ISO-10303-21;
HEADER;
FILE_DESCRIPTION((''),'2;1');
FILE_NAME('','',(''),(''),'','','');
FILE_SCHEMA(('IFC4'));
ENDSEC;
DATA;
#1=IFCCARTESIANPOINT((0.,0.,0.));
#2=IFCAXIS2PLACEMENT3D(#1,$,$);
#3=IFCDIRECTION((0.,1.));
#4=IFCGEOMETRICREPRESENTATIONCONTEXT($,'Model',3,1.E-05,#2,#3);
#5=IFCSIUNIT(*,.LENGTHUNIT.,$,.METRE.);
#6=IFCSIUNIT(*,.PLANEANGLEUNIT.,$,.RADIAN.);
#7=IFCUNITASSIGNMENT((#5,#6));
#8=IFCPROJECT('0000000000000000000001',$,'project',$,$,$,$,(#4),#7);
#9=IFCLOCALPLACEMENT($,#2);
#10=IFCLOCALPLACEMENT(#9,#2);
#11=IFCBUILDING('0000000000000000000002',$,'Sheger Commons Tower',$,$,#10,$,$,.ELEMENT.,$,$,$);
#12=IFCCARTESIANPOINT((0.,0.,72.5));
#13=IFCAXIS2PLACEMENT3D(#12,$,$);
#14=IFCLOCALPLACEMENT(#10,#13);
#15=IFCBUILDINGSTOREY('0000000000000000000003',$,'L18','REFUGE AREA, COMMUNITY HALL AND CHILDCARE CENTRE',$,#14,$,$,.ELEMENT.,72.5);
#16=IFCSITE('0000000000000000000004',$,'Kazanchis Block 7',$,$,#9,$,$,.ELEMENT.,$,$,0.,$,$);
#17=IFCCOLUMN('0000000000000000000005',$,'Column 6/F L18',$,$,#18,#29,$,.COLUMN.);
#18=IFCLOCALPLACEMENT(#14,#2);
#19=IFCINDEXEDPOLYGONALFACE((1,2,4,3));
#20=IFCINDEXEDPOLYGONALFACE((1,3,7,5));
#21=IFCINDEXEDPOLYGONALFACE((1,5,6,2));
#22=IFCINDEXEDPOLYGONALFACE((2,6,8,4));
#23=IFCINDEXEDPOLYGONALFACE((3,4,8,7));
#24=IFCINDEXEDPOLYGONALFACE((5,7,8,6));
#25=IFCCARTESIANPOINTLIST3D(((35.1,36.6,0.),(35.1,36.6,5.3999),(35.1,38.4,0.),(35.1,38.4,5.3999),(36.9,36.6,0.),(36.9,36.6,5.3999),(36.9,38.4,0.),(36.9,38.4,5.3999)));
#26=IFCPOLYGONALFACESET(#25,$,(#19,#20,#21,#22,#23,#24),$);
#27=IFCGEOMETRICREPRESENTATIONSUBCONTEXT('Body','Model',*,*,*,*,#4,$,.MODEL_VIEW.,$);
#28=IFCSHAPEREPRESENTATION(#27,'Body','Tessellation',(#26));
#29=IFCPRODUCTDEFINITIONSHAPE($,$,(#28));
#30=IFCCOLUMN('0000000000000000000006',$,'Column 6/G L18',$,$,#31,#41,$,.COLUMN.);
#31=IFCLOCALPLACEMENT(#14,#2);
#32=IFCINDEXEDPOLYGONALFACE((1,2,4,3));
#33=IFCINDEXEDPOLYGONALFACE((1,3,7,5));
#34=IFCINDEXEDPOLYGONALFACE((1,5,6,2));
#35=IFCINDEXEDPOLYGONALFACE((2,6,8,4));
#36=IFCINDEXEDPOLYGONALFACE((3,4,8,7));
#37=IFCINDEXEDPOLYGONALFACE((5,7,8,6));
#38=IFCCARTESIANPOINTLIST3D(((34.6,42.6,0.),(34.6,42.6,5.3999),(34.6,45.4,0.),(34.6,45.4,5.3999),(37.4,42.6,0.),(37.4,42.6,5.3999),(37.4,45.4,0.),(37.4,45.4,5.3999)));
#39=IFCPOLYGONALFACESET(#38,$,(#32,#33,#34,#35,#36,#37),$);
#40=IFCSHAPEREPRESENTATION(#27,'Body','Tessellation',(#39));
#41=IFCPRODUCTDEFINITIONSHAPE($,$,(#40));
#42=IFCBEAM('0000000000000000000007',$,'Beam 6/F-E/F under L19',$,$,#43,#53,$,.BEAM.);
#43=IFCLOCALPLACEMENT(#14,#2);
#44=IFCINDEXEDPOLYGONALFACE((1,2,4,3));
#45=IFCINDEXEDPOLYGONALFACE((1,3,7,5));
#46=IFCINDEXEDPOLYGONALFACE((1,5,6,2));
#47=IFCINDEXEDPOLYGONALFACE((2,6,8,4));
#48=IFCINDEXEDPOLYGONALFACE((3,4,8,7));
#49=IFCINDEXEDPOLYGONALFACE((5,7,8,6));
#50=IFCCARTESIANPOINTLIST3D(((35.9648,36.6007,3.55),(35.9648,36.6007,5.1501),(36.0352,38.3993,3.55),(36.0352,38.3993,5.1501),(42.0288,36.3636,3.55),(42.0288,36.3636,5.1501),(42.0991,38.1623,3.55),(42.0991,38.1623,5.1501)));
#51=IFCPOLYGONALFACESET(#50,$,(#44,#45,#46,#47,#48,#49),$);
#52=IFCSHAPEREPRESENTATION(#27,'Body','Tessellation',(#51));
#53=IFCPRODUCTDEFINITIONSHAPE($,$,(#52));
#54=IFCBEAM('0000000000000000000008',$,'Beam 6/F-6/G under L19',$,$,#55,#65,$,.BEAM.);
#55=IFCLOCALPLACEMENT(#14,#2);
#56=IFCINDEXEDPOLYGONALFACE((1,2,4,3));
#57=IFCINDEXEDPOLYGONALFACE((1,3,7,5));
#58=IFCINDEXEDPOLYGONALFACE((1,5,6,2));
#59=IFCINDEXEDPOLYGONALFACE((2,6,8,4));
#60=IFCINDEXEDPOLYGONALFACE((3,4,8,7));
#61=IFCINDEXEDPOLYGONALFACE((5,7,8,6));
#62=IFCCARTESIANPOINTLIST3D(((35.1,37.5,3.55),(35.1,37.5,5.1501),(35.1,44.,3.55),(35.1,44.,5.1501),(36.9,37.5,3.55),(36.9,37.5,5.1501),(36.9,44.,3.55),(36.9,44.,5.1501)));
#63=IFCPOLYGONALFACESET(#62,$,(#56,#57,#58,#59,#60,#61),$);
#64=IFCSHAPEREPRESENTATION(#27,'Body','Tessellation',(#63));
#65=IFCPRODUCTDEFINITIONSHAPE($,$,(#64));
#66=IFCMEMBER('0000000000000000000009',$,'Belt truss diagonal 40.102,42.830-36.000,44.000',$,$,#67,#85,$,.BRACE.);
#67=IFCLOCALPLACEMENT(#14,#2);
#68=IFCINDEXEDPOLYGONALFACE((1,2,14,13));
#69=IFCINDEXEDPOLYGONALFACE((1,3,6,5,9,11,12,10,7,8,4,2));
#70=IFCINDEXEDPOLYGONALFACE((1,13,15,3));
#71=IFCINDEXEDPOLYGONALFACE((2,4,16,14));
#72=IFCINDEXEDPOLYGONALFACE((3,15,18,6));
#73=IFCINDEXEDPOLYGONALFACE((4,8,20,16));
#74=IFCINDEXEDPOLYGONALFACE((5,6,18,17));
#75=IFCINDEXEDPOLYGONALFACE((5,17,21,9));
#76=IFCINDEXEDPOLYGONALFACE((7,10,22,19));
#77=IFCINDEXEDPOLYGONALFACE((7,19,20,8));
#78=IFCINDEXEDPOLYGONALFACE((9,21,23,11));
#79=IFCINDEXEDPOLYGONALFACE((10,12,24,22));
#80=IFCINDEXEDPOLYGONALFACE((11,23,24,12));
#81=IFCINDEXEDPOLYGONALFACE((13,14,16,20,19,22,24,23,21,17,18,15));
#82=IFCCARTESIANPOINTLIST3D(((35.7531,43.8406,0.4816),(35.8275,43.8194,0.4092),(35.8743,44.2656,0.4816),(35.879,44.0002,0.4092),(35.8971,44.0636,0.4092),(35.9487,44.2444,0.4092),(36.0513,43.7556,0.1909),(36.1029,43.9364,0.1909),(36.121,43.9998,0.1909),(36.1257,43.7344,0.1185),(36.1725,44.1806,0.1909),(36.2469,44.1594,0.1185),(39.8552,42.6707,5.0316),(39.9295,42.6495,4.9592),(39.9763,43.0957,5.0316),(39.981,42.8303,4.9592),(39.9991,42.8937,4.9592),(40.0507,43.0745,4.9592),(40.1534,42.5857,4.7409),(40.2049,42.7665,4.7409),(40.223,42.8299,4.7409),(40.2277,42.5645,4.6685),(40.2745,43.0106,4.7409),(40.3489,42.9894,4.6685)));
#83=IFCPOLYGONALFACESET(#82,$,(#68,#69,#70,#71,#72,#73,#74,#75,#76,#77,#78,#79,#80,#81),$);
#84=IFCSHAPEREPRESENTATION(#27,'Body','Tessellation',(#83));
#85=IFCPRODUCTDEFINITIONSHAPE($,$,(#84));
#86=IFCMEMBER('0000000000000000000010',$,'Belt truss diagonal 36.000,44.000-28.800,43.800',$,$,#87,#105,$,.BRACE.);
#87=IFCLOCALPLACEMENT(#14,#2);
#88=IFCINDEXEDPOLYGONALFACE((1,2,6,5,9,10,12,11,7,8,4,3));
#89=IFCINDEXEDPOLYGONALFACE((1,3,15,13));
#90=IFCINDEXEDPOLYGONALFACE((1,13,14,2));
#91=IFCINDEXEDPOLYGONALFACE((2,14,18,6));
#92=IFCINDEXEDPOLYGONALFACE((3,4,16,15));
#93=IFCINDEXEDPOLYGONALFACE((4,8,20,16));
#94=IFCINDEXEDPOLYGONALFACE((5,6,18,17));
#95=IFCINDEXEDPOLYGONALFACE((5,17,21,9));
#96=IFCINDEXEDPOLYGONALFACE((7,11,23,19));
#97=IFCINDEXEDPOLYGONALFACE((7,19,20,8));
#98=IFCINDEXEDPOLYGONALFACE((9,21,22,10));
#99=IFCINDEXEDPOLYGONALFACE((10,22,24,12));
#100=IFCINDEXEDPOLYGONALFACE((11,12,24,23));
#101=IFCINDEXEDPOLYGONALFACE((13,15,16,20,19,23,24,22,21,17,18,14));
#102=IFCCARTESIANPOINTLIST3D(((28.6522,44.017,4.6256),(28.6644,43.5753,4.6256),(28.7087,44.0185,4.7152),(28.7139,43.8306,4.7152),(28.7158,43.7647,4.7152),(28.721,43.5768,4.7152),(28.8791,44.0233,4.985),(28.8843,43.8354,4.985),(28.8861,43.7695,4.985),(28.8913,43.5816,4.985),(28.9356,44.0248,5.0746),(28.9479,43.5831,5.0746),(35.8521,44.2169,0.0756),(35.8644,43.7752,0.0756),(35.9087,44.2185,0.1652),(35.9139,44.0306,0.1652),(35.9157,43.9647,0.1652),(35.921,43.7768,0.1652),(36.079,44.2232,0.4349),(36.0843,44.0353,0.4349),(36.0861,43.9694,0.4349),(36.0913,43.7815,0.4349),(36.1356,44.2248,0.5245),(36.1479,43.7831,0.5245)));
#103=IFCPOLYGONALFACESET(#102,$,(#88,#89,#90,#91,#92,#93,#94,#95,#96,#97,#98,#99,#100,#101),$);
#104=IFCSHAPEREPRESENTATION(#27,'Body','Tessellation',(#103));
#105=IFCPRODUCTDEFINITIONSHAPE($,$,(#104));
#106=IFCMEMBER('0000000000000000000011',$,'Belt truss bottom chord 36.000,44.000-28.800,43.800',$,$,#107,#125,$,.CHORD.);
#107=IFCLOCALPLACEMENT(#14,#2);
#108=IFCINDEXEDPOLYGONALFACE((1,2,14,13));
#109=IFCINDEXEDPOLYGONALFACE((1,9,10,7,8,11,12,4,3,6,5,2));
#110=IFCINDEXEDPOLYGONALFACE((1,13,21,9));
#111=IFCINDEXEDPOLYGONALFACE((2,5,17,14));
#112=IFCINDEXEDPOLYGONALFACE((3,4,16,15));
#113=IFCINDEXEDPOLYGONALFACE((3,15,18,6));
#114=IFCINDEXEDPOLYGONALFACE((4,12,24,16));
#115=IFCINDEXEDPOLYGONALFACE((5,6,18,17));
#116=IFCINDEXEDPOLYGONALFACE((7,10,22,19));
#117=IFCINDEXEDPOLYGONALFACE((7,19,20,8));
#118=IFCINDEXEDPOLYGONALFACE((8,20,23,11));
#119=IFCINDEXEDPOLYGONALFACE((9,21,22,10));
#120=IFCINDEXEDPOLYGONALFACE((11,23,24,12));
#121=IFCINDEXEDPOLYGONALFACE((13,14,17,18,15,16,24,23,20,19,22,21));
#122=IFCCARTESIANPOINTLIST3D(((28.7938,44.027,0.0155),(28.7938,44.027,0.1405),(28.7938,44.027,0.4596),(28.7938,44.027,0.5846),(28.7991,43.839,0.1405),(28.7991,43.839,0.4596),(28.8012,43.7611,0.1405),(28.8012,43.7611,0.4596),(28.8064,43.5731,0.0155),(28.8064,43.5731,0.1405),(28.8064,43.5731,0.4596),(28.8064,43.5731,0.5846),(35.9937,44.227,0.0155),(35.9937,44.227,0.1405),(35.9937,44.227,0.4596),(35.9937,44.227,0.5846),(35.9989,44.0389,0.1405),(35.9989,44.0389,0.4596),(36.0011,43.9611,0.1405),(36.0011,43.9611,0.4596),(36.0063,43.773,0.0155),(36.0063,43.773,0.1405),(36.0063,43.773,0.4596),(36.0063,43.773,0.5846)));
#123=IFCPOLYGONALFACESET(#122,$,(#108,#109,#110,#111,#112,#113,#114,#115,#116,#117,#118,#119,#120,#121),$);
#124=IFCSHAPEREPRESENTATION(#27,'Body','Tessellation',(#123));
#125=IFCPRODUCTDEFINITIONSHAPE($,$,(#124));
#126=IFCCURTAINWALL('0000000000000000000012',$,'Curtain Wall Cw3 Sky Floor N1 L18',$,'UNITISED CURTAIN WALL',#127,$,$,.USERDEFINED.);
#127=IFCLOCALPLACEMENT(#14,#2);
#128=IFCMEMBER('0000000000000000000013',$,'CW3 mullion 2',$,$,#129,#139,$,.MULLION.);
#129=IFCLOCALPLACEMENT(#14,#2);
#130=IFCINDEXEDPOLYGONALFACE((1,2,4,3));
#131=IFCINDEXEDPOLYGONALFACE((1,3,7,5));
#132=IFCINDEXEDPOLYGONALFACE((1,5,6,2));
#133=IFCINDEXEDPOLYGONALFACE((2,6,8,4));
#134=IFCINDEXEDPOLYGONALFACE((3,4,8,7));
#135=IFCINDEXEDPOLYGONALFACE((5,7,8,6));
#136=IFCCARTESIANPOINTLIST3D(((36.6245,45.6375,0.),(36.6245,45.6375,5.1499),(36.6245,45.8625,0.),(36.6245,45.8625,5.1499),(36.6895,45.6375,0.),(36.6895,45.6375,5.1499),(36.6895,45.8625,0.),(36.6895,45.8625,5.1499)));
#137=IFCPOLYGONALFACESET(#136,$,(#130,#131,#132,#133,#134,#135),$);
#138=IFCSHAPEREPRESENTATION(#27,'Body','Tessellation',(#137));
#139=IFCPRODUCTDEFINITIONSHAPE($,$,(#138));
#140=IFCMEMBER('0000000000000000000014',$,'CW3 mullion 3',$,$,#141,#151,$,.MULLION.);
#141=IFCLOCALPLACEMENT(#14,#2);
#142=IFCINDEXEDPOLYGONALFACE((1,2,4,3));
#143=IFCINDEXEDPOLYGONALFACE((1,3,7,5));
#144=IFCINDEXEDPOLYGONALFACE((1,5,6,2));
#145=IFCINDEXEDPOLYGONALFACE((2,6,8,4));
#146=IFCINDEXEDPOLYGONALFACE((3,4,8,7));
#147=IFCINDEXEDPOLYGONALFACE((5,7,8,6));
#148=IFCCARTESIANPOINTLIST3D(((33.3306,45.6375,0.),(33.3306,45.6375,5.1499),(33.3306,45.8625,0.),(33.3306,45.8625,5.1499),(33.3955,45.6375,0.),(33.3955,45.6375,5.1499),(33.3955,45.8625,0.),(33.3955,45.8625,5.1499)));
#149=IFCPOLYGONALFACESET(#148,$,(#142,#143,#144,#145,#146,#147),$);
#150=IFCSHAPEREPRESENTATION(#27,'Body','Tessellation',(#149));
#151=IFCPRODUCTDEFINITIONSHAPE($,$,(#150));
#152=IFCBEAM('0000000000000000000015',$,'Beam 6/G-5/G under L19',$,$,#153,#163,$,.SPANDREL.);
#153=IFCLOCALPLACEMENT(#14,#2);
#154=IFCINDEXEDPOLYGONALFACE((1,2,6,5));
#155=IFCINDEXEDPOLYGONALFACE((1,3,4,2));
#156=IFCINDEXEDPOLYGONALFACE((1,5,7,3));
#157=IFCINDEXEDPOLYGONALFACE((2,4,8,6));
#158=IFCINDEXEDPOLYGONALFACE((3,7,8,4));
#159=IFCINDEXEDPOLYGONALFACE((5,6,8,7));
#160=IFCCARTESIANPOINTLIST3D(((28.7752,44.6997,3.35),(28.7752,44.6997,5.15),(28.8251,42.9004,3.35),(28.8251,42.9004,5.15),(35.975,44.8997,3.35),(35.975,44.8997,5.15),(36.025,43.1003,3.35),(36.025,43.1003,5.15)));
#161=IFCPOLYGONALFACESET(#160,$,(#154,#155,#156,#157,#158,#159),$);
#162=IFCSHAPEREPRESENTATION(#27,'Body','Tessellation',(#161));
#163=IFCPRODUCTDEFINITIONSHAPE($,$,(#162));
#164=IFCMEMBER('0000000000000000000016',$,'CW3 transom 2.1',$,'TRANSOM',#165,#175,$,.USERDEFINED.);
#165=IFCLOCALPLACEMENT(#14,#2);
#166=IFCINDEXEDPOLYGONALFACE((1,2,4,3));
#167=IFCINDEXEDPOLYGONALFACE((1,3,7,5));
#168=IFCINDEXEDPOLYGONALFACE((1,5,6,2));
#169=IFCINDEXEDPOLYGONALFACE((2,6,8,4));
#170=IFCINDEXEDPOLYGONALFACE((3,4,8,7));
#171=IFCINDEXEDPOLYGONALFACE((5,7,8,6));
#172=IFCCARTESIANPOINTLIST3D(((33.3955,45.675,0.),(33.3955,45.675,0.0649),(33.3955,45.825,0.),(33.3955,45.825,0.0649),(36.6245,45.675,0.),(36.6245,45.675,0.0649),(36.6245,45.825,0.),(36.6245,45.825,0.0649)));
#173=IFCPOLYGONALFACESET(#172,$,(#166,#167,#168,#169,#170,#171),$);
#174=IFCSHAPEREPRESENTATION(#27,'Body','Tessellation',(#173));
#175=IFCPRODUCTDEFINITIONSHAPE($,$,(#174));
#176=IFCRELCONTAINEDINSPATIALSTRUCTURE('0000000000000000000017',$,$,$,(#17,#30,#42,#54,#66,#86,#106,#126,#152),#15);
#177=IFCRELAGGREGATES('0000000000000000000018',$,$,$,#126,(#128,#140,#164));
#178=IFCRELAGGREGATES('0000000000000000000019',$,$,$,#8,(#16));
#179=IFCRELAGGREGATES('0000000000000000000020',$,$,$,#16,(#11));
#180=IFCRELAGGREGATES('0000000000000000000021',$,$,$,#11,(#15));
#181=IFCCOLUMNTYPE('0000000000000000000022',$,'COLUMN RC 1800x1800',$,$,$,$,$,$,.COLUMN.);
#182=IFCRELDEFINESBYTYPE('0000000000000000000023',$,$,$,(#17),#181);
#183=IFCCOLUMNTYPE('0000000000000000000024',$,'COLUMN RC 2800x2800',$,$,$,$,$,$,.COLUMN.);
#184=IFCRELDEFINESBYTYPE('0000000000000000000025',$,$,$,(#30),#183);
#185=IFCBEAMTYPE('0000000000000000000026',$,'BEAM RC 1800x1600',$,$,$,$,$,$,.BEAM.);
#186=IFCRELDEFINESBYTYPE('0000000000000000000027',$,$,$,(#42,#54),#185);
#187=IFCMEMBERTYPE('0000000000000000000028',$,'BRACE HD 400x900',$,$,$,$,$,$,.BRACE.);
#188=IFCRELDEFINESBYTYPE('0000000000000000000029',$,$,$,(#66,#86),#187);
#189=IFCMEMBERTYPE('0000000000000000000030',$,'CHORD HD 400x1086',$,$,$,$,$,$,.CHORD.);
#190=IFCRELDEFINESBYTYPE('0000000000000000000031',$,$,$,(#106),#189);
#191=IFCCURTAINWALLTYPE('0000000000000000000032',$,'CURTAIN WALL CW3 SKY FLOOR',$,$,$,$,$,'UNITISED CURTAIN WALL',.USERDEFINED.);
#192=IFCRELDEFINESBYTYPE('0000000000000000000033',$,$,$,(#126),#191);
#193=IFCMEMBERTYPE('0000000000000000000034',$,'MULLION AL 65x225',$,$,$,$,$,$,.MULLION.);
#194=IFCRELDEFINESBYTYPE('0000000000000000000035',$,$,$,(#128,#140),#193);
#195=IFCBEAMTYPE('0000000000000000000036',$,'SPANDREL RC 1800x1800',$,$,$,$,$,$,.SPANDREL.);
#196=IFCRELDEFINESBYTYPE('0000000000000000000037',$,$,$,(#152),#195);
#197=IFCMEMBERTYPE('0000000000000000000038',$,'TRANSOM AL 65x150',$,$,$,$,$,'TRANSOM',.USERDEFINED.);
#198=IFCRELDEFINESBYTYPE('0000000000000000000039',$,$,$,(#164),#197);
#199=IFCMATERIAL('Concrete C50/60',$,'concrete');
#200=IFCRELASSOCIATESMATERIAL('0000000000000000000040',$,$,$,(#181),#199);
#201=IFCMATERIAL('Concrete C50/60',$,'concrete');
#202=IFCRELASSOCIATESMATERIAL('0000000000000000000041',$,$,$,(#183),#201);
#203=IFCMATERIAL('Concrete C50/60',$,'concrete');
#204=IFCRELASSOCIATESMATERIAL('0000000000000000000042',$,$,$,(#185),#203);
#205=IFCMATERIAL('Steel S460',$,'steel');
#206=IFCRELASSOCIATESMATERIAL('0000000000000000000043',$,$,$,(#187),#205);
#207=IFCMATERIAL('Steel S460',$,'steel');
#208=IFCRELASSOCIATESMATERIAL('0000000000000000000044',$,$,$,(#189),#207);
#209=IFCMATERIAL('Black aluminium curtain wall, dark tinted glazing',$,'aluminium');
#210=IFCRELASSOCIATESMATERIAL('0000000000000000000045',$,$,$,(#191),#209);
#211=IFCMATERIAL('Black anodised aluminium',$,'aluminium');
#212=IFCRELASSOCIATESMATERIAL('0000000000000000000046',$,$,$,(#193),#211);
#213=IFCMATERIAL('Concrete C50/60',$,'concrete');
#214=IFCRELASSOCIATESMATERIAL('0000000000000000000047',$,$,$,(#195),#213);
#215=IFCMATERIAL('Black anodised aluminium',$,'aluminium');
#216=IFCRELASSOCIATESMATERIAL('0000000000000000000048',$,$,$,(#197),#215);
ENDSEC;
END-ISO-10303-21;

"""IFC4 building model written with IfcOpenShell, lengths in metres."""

from ifc_helpers import new_model, si_unit, direction, frame, origin, origin_2d, place, context, subcontext, project, spatial, rectangle, i_section, extrude, material, material_profile, profile_set, type_object, element, aggregate, save


model = new_model("IFC4")

# Units and contexts
model_context = context("Model", 3, precision=1e-05, world=origin(), true_north=direction((0.0, 1.0)))
body_context = subcontext(model_context, "Body", "Model", "MODEL_VIEW")
ifc_project = project(units=[si_unit("LENGTHUNIT", "METRE"), si_unit("PLANEANGLEUNIT", "RADIAN")], contexts=[model_context])

# Site, building, storey
site_placement = place(None, origin())
site = spatial("IfcSite", under=ifc_project, at=site_placement, Name="Kazanchis Block 7", CompositionType="ELEMENT", RefElevation=0.0)
building_placement = place(site_placement, origin())
building = spatial("IfcBuilding", under=site, at=building_placement, Name="Sheger Commons Tower", CompositionType="ELEMENT")
storey_placement = place(building_placement, frame((0.0, 0.0, 72.5)))
storey = spatial("IfcBuildingStorey", under=building, at=storey_placement, Name="L18", Description="REFUGE AREA, COMMUNITY HALL AND CHILDCARE CENTRE", CompositionType="ELEMENT", Elevation=72.5)

# Columns
ifc_material_1 = material(Name="Concrete C50/60", Category="concrete")
ifc_material_profile_1 = material_profile(ifc_material_1, rectangle(XDim=1.8, YDim=1.8, at=origin_2d()), Name="RC 1800x1800")
ifc_profile_set_1 = profile_set([ifc_material_profile_1], Name="Concrete C50/60")
column_type_1 = type_object("IfcColumnType", Name="COLUMN RC 1800x1800", PredefinedType="COLUMN", material=ifc_profile_set_1)
column_1_placement = place(storey_placement, frame((36.0, 37.5, 0.0), z_axis=(0.0, 0.0, 1.0), x_axis=(1.0, 0.0, 0.0)))
element("IfcColumn", 1, at=column_1_placement, inside=storey, type_object=column_type_1, Name="Column 6/F L18", PredefinedType="COLUMN", context=body_context, shape_type="SweptSolid", body=[
    extrude(rectangle(XDim=1.8, YDim=1.8, at=origin_2d()), origin(), (0.0, 0.0, 1.0), 5.3999),
])
ifc_material_2 = material(Name="Concrete C50/60", Category="concrete")
ifc_material_profile_2 = material_profile(ifc_material_2, rectangle(XDim=2.8, YDim=2.8, at=origin_2d()), Name="RC 2800x2800")
ifc_profile_set_2 = profile_set([ifc_material_profile_2], Name="Concrete C50/60")
column_type_2 = type_object("IfcColumnType", Name="COLUMN RC 2800x2800", PredefinedType="COLUMN", material=ifc_profile_set_2)
column_2_placement = place(storey_placement, frame((36.0, 44.0, 0.0), z_axis=(0.0, 0.0, 1.0), x_axis=(1.0, 0.0, 0.0)))
element("IfcColumn", 2, at=column_2_placement, inside=storey, type_object=column_type_2, Name="Column 6/G L18", PredefinedType="COLUMN", context=body_context, shape_type="SweptSolid", body=[
    extrude(rectangle(XDim=2.8, YDim=2.8, at=origin_2d()), origin(), (0.0, 0.0, 1.0), 5.3999),
])

# Beams
ifc_material_3 = material(Name="Concrete C50/60", Category="concrete")
ifc_material_profile_3 = material_profile(ifc_material_3, rectangle(XDim=1.8, YDim=1.6001, at=origin_2d()), Name="RC 1800x1600")
ifc_profile_set_3 = profile_set([ifc_material_profile_3], Name="Concrete C50/60")
beam_type_1 = type_object("IfcBeamType", Name="BEAM RC 1800x1600", PredefinedType="BEAM", material=ifc_profile_set_3)
beam_1_placement = place(storey_placement, frame((36.0, 37.5, 4.3501), z_axis=(0.999237, -0.039063, 0.0), x_axis=(0.039063, 0.999237, 0.0)))
element("IfcBeam", 3, at=beam_1_placement, inside=storey, type_object=beam_type_1, Name="Beam 6/F-E/F under L19", PredefinedType="BEAM", context=body_context, shape_type="SweptSolid", body=[
    extrude(rectangle(XDim=1.8, YDim=1.6001, at=origin_2d()), origin(), (0.0, 0.0, 1.0), 6.0686),
])
beam_2_placement = place(storey_placement, frame((36.0, 37.5, 4.3501), z_axis=(0.0, 1.0, 0.0), x_axis=(-1.0, 0.0, 0.0)))
element("IfcBeam", 4, at=beam_2_placement, inside=storey, type_object=beam_type_1, Name="Beam 6/F-6/G under L19", PredefinedType="BEAM", context=body_context, shape_type="SweptSolid", body=[
    extrude(rectangle(XDim=1.8, YDim=1.6001, at=origin_2d()), origin(), (0.0, 0.0, 1.0), 6.5),
])

# Members
ifc_material_4 = material(Name="Steel S460", Category="steel")
ifc_material_profile_4 = material_profile(ifc_material_4, i_section(OverallWidth=0.4419, OverallDepth=0.531, WebThickness=0.0659, FlangeThickness=0.106, at=origin_2d()), Name="HD 400x900")
ifc_profile_set_4 = profile_set([ifc_material_profile_4], Name="Steel S460")
member_type_1 = type_object("IfcMemberType", Name="BRACE HD 400x900", PredefinedType="BRACE", material=ifc_profile_set_4)
member_1_placement = place(storey_placement, frame((36.0, 44.0, 0.3), z_axis=(0.65771, -0.187582, 0.729541), x_axis=(0.274268, 0.961653, 0.0)))
element("IfcMember", 5, at=member_1_placement, inside=storey, type_object=member_type_1, Name="Belt truss diagonal 40.102,42.830-36.000,44.000", PredefinedType="BRACE", context=body_context, shape_type="SweptSolid", body=[
    extrude(i_section(OverallWidth=0.4419, OverallDepth=0.531, WebThickness=0.0659, FlangeThickness=0.106, at=origin_2d()), origin(), (0.0, 0.0, 1.0), 6.2368),
])
member_2_placement = place(storey_placement, frame((36.0, 44.0, 0.3), z_axis=(-0.845112, -0.02347, 0.534073), x_axis=(0.02776, -0.999615, 0.0)))
element("IfcMember", 6, at=member_2_placement, inside=storey, type_object=member_type_1, Name="Belt truss diagonal 36.000,44.000-28.800,43.800", PredefinedType="BRACE", context=body_context, shape_type="SweptSolid", body=[
    extrude(i_section(OverallWidth=0.4419, OverallDepth=0.531, WebThickness=0.0659, FlangeThickness=0.106, at=origin_2d()), origin(), (0.0, 0.0, 1.0), 8.5195),
])
ifc_material_5 = material(Name="Steel S460", Category="steel")
ifc_material_profile_5 = material_profile(ifc_material_5, i_section(OverallWidth=0.4541, OverallDepth=0.5691, WebThickness=0.0779, FlangeThickness=0.125, at=origin_2d()), Name="HD 400x1086")
ifc_profile_set_5 = profile_set([ifc_material_profile_5], Name="Steel S460")
member_type_2 = type_object("IfcMemberType", Name="CHORD HD 400x1086", PredefinedType="CHORD", material=ifc_profile_set_5)
member_3_placement = place(storey_placement, frame((36.0, 44.0, 0.3), z_axis=(-0.999615, -0.02776, 0.0), x_axis=(0.02776, -0.999615, 0.0)))
element("IfcMember", 7, at=member_3_placement, inside=storey, type_object=member_type_2, Name="Belt truss bottom chord 36.000,44.000-28.800,43.800", PredefinedType="CHORD", context=body_context, shape_type="SweptSolid", body=[
    extrude(i_section(OverallWidth=0.4541, OverallDepth=0.5691, WebThickness=0.0779, FlangeThickness=0.125, at=origin_2d()), origin(), (0.0, 0.0, 1.0), 7.2026),
])

# Curtain wall, members
ifc_material_6 = material(Name="Black aluminium curtain wall, dark tinted glazing", Category="aluminium")
curtain_wall_type = type_object("IfcCurtainWallType", Name="CURTAIN WALL CW3 SKY FLOOR", ElementType="UNITISED CURTAIN WALL", PredefinedType="USERDEFINED", material=ifc_material_6)
curtain_wall_placement = place(storey_placement, origin())
curtain_wall = element("IfcCurtainWall", 8, at=curtain_wall_placement, inside=storey, type_object=curtain_wall_type, Name="Curtain Wall Cw3 Sky Floor N1 L18", ObjectType="UNITISED CURTAIN WALL", PredefinedType="USERDEFINED")
ifc_material_7 = material(Name="Black anodised aluminium", Category="aluminium")
ifc_material_profile_6 = material_profile(ifc_material_7, rectangle(XDim=0.2251, YDim=0.0649, at=origin_2d()), Name="AL 65x225")
ifc_profile_set_6 = profile_set([ifc_material_profile_6], Name="Black anodised aluminium")
member_type_3 = type_object("IfcMemberType", Name="MULLION AL 65x225", PredefinedType="MULLION", material=ifc_profile_set_6)
member_4_placement = place(storey_placement, frame((36.657, 45.75, 0.0), z_axis=(0.0, 0.0, 1.0), x_axis=(0.0, -1.0, 0.0)))
member_4 = element("IfcMember", 9, at=member_4_placement, type_object=member_type_3, Name="CW3 mullion 2", PredefinedType="MULLION", context=body_context, shape_type="SweptSolid", body=[
    extrude(rectangle(XDim=0.2251, YDim=0.0649, at=origin_2d()), origin(), (0.0, 0.0, 1.0), 5.1499),
])
member_5_placement = place(storey_placement, frame((33.363, 45.75, 0.0), z_axis=(0.0, 0.0, 1.0), x_axis=(0.0, -1.0, 0.0)))
member_5 = element("IfcMember", 10, at=member_5_placement, type_object=member_type_3, Name="CW3 mullion 3", PredefinedType="MULLION", context=body_context, shape_type="SweptSolid", body=[
    extrude(rectangle(XDim=0.2251, YDim=0.0649, at=origin_2d()), origin(), (0.0, 0.0, 1.0), 5.1499),
])

# Beam
ifc_material_8 = material(Name="Concrete C50/60", Category="concrete")
ifc_material_profile_7 = material_profile(ifc_material_8, rectangle(XDim=1.8, YDim=1.8, at=origin_2d()), Name="RC 1800x1800")
ifc_profile_set_7 = profile_set([ifc_material_profile_7], Name="Concrete C50/60")
beam_type_2 = type_object("IfcBeamType", Name="SPANDREL RC 1800x1800", PredefinedType="SPANDREL", material=ifc_profile_set_7)
beam_3_placement = place(storey_placement, frame((36.0, 44.0, 4.25), z_axis=(-0.999615, -0.02776, 0.0), x_axis=(0.02776, -0.999615, 0.0)))
element("IfcBeam", 11, at=beam_3_placement, inside=storey, type_object=beam_type_2, Name="Beam 6/G-5/G under L19", PredefinedType="SPANDREL", context=body_context, shape_type="SweptSolid", body=[
    extrude(rectangle(XDim=1.8, YDim=1.8, at=origin_2d()), origin(), (0.0, 0.0, 1.0), 7.2026),
])

# Member
ifc_material_9 = material(Name="Black anodised aluminium", Category="aluminium")
ifc_material_profile_8 = material_profile(ifc_material_9, rectangle(XDim=0.1499, YDim=0.0649, at=origin_2d()), Name="AL 65x150")
ifc_profile_set_8 = profile_set([ifc_material_profile_8], Name="Black anodised aluminium")
member_type_4 = type_object("IfcMemberType", Name="TRANSOM AL 65x150", ElementType="TRANSOM", PredefinedType="USERDEFINED", material=ifc_profile_set_8)
member_6_placement = place(storey_placement, frame((36.6245, 45.75, 0.0325), z_axis=(-1.0, 0.0, 0.0), x_axis=(0.0, -1.0, 0.0)))
member_6 = element("IfcMember", 12, at=member_6_placement, type_object=member_type_4, Name="CW3 transom 2.1", ObjectType="TRANSOM", PredefinedType="USERDEFINED", context=body_context, shape_type="SweptSolid", body=[
    extrude(rectangle(XDim=0.1499, YDim=0.0649, at=origin_2d()), origin(), (0.0, 0.0, 1.0), 3.229),
])

aggregate(curtain_wall, [member_4, member_5, member_6])

save(model, "model.ifc")
